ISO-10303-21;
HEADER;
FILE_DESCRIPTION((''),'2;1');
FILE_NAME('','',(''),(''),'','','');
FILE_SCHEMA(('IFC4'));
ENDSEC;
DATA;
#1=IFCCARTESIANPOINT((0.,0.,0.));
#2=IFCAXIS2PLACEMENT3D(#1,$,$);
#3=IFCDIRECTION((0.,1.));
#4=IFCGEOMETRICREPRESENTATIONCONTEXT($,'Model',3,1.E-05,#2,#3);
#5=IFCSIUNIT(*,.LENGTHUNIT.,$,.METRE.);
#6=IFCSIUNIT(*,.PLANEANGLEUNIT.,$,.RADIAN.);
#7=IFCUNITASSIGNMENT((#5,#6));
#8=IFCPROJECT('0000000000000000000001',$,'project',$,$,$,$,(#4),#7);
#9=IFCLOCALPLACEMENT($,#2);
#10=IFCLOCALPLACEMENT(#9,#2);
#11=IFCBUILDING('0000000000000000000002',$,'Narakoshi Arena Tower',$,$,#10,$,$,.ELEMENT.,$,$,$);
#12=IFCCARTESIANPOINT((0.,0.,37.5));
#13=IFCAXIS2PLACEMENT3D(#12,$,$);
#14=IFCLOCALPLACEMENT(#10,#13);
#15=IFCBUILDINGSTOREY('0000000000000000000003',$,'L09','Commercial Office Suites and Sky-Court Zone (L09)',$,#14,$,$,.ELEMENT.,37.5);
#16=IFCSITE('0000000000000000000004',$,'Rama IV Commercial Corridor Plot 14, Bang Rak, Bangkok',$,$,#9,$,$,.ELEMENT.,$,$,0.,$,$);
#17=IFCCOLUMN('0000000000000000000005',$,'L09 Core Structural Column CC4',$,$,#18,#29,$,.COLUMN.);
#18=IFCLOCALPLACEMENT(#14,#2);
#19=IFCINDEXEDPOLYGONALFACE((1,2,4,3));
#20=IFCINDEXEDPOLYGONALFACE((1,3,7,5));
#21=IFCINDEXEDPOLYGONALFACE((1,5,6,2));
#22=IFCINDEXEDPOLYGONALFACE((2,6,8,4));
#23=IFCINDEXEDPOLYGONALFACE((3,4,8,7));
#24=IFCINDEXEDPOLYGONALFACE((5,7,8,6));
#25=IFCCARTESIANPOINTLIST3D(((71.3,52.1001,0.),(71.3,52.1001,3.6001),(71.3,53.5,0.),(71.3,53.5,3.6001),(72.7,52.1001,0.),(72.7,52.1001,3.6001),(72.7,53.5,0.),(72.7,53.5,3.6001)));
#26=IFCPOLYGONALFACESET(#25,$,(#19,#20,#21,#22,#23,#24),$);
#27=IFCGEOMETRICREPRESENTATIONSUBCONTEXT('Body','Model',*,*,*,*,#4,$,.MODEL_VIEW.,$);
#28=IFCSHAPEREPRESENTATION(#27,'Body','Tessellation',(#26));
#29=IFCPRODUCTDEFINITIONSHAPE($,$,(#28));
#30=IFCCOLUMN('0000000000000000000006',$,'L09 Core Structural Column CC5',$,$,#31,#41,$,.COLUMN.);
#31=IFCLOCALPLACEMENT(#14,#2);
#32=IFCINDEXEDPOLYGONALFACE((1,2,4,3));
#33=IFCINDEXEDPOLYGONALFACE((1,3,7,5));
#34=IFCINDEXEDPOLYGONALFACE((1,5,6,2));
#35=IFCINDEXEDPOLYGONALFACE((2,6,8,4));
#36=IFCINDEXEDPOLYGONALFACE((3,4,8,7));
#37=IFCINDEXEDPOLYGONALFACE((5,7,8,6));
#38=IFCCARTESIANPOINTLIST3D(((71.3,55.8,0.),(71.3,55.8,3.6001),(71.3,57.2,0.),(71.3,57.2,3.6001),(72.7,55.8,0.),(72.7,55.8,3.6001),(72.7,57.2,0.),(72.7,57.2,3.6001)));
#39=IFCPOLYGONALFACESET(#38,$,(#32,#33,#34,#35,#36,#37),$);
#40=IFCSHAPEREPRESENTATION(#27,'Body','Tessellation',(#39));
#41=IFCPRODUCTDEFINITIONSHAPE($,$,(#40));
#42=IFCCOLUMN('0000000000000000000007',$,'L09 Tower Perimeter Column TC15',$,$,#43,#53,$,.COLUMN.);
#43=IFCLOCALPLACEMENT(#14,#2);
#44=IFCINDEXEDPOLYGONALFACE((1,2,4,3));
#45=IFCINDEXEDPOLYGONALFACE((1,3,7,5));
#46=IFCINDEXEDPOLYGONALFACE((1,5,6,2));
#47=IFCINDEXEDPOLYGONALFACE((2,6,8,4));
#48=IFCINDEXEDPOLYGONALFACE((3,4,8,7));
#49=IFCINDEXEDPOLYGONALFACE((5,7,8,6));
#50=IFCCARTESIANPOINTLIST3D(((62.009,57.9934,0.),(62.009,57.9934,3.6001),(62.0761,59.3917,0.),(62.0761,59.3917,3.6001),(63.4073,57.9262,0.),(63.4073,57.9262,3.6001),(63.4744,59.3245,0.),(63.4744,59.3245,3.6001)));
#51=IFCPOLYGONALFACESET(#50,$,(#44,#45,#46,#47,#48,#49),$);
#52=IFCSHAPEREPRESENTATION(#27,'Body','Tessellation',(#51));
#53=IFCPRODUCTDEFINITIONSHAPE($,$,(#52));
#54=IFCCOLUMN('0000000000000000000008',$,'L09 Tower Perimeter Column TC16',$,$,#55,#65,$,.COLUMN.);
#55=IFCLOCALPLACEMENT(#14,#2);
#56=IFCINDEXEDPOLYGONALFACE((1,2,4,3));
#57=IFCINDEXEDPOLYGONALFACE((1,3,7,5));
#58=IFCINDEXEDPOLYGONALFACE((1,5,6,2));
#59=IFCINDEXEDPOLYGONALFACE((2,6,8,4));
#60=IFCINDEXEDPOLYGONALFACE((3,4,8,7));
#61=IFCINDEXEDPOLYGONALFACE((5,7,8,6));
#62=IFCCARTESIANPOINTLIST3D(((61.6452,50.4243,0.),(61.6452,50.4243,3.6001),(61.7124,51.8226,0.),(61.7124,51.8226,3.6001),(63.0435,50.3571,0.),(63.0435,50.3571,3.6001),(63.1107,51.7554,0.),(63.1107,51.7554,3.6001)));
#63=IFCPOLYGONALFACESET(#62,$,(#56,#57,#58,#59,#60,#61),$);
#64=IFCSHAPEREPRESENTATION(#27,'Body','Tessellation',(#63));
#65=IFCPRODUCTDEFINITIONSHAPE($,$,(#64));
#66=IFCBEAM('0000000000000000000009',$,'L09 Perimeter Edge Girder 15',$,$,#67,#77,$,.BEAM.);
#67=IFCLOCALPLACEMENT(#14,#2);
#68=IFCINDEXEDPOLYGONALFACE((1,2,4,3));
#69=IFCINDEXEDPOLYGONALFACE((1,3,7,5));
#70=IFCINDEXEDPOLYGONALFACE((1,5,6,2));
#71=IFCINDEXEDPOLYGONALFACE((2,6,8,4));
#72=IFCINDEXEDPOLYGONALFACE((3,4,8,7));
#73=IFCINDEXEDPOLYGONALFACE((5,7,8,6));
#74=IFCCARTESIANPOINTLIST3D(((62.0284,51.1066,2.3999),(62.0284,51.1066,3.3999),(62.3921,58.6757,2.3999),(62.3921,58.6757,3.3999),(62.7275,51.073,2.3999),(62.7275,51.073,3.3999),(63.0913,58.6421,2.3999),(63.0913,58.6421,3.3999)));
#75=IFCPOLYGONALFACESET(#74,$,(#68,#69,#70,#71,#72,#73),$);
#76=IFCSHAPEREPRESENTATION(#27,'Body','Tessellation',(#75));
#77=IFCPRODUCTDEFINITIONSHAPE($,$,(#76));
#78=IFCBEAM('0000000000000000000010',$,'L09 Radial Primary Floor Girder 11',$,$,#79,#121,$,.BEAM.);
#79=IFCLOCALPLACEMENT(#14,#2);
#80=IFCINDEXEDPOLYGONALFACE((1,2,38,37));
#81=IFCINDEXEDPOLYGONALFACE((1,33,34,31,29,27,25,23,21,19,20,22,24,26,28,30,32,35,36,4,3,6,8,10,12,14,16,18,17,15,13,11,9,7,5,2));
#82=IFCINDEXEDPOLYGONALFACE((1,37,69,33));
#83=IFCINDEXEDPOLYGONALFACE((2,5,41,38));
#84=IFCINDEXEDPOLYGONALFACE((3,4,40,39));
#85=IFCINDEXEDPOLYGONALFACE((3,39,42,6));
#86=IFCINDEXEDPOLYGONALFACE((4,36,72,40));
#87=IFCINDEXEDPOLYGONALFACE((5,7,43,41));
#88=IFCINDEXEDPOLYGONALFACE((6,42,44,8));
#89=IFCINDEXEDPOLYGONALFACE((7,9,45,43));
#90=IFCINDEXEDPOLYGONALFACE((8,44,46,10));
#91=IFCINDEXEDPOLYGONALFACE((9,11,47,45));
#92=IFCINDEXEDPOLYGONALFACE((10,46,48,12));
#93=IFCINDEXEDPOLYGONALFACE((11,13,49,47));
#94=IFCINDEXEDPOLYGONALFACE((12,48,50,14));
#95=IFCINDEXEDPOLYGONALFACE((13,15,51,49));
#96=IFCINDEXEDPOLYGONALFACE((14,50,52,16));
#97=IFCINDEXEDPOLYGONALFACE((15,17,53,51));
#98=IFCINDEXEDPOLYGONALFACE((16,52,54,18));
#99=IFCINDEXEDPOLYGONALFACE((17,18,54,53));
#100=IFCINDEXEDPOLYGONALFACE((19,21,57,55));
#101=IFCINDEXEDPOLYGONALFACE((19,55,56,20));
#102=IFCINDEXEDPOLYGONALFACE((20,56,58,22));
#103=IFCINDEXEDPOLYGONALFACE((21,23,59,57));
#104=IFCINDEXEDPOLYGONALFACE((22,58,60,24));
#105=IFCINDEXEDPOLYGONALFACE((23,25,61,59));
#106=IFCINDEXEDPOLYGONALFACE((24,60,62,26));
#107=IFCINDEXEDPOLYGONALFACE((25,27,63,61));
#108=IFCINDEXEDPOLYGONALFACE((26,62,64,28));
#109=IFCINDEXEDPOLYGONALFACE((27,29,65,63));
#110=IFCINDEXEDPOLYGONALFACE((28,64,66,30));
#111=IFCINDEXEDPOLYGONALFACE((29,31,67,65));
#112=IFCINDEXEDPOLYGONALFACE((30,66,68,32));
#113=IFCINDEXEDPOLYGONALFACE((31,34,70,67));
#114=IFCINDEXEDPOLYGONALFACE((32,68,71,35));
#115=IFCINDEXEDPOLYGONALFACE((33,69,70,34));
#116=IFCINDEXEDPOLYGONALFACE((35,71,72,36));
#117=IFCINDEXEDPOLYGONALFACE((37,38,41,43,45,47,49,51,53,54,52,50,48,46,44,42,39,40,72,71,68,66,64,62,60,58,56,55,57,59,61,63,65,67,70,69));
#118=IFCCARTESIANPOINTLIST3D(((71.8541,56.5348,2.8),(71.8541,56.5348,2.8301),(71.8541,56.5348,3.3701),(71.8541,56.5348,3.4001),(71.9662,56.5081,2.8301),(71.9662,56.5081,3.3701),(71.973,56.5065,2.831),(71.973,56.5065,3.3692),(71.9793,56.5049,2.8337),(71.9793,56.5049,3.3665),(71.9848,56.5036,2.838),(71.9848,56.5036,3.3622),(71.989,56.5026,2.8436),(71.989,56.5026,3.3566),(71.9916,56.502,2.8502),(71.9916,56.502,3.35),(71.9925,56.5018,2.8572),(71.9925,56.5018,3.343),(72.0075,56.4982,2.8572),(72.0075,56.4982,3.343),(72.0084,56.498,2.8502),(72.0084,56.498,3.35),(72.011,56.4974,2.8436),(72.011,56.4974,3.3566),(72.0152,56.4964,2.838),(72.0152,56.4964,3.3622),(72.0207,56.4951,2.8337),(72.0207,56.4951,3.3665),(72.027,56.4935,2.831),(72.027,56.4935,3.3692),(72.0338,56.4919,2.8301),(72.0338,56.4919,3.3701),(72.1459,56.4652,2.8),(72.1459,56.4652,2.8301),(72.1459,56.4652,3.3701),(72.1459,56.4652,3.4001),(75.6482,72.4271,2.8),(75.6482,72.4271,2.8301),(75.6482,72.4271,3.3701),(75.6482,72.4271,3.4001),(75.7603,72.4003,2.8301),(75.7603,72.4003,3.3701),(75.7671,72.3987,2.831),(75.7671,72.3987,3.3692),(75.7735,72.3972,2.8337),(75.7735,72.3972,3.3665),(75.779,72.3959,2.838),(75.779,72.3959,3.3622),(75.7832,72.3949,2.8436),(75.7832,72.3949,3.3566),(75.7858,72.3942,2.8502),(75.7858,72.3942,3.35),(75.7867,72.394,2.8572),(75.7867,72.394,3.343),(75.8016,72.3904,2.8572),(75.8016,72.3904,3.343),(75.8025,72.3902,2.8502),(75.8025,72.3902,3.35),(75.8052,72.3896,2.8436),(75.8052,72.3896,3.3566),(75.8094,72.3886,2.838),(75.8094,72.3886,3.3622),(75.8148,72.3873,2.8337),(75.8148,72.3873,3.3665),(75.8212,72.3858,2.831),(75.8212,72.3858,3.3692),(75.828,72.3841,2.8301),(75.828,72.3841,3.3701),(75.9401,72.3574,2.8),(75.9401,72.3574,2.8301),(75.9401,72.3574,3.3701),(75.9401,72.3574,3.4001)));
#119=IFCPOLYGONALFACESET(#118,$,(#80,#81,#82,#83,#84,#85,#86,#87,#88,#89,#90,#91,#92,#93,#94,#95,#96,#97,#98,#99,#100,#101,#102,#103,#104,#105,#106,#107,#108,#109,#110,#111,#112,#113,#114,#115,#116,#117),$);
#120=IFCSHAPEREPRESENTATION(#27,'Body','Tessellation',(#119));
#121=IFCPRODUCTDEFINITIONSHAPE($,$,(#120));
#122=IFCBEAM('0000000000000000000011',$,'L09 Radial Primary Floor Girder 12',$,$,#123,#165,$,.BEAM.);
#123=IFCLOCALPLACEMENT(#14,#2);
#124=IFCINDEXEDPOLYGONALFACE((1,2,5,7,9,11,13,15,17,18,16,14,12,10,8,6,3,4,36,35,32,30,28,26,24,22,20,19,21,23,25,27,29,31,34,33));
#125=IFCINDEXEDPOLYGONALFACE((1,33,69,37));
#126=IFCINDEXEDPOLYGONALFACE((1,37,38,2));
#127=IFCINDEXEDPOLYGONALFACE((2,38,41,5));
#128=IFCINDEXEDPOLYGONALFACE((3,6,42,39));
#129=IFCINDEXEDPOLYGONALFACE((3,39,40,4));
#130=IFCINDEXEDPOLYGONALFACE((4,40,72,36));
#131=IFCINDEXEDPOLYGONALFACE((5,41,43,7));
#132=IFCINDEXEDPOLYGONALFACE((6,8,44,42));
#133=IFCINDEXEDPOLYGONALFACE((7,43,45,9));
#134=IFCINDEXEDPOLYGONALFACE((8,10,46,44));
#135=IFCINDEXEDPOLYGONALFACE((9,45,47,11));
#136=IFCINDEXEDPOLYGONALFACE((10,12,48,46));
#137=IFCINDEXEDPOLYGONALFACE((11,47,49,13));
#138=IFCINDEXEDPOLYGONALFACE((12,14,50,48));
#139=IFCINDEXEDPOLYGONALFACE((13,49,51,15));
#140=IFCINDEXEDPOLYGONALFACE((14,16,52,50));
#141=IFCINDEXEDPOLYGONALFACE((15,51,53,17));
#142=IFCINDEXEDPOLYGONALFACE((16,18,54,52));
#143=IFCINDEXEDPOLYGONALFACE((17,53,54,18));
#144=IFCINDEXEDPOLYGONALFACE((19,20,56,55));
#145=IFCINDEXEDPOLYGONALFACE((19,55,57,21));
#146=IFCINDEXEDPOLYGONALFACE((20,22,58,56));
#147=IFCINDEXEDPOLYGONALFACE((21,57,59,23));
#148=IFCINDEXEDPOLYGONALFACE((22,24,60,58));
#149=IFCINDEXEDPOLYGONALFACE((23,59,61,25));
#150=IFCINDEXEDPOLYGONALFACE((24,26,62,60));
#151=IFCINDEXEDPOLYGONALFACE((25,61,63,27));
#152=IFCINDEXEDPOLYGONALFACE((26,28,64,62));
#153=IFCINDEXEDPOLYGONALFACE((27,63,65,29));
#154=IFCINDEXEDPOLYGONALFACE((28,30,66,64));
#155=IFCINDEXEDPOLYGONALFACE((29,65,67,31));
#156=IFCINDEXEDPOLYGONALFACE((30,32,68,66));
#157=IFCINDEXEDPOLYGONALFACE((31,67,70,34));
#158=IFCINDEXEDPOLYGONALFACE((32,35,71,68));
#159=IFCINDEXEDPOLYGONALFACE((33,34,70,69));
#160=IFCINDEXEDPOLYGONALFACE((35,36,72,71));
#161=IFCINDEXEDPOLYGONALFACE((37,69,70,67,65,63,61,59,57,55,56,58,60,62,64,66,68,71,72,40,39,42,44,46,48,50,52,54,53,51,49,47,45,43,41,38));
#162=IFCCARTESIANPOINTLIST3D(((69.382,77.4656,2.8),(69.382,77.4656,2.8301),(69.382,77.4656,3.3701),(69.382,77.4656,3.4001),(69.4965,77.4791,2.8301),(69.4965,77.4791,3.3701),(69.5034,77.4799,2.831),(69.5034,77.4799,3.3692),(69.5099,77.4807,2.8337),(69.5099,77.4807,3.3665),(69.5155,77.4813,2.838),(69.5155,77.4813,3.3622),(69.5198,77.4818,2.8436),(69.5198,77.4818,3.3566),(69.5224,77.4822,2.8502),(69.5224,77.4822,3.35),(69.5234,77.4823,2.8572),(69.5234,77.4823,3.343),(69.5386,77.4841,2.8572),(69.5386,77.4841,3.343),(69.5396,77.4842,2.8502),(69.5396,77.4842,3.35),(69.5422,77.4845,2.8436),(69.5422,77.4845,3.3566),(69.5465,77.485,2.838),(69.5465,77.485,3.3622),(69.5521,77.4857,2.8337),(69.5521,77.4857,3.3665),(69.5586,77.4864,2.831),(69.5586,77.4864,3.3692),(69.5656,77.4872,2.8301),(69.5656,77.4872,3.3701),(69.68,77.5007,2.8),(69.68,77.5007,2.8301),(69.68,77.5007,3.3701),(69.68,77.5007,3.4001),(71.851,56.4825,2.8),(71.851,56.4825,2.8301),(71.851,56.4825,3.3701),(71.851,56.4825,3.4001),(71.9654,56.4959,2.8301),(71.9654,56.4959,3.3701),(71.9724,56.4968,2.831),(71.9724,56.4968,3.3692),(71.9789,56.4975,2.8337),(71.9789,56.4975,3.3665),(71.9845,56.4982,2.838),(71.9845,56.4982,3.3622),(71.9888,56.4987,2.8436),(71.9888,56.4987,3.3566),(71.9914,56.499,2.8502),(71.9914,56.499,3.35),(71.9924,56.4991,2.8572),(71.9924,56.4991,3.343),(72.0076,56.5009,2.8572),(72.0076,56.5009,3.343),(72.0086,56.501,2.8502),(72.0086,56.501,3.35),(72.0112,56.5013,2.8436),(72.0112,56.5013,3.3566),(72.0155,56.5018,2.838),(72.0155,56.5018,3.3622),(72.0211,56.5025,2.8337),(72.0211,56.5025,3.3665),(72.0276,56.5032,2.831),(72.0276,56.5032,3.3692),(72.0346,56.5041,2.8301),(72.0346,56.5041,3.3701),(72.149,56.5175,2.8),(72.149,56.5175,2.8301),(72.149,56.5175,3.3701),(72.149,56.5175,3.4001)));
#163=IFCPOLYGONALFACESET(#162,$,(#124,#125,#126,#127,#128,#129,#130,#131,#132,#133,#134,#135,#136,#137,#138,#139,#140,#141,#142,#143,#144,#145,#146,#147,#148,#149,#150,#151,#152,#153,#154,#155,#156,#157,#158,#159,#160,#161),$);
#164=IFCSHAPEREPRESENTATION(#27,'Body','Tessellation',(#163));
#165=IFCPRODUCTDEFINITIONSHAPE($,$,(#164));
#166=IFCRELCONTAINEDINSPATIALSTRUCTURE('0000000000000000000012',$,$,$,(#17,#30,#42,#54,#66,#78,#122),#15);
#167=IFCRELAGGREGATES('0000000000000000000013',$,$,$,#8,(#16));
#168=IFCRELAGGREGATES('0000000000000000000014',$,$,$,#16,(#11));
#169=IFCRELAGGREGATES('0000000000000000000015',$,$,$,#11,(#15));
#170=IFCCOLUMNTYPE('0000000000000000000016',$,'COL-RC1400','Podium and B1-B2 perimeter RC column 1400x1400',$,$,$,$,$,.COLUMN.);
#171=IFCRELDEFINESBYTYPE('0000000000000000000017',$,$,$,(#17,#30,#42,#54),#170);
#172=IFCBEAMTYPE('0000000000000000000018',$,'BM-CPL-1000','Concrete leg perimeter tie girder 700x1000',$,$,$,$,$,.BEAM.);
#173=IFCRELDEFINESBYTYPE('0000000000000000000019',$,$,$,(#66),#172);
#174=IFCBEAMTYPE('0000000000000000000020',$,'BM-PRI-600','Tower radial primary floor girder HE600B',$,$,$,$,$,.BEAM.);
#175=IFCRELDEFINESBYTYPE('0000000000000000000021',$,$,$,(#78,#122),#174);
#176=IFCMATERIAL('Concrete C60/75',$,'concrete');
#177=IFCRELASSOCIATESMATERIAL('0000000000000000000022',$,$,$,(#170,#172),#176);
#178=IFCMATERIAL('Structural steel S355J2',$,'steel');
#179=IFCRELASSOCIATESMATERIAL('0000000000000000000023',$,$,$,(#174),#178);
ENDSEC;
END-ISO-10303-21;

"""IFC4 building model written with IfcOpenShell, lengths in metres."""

from ifc_helpers import new_model, si_unit, direction, frame, origin, origin_2d, place, context, subcontext, project, spatial, rectangle, i_section, extrude, material, material_profile, profile_set, type_object, element, save


model = new_model("IFC4")

# Units and contexts
model_context = context("Model", 3, precision=1e-05, world=origin(), true_north=direction((0.0, 1.0)))
body_context = subcontext(model_context, "Body", "Model", "MODEL_VIEW")
ifc_project = project(units=[si_unit("LENGTHUNIT", "METRE"), si_unit("PLANEANGLEUNIT", "RADIAN")], contexts=[model_context])

# Site, building, storey
site_placement = place(None, origin())
site = spatial("IfcSite", under=ifc_project, at=site_placement, Name="Rama IV Commercial Corridor Plot 14, Bang Rak, Bangkok", CompositionType="ELEMENT", RefElevation=0.0)
building_placement = place(site_placement, origin())
building = spatial("IfcBuilding", under=site, at=building_placement, Name="Narakoshi Arena Tower", CompositionType="ELEMENT")
storey_placement = place(building_placement, frame((0.0, 0.0, 37.5)))
storey = spatial("IfcBuildingStorey", under=building, at=storey_placement, Name="L09", Description="Commercial Office Suites and Sky-Court Zone (L09)", CompositionType="ELEMENT", Elevation=37.5)

# Columns
ifc_material_1 = material(Name="Concrete C60/75", Category="concrete")
ifc_material_profile_1 = material_profile(ifc_material_1, rectangle(XDim=1.3999, YDim=1.3999, at=origin_2d()), Name="RC1400x1400")
ifc_profile_set_1 = profile_set([ifc_material_profile_1], Name="Concrete C60/75")
column_type = type_object("IfcColumnType", Name="COL-RC1400", Description="Podium and B1-B2 perimeter RC column 1400x1400", PredefinedType="COLUMN", material=ifc_profile_set_1)
for number, where, z_axis, x_axis, name in (
    (1, (72.0, 52.8, 0.0), (0.0, 0.0, 1.0), (1.0, 0.0, 0.0), "L09 Core Structural Column CC4"),
    (2, (72.0, 56.5, 0.0), (0.0, 0.0, 1.0), (1.0, 0.0, 0.0), "L09 Core Structural Column CC5"),
    (3, (62.7417, 58.6589, 0.0), (0.0, 0.0, 1.0), (0.047978, 0.998848, 0.0), "L09 Tower Perimeter Column TC15"),
    (4, (62.3779, 51.0898, 0.0), (0.0, 0.0, 1.0), (0.047978, 0.998848, 0.0), "L09 Tower Perimeter Column TC16"),
):
    element("IfcColumn", number, at=place(storey_placement, frame(where, z_axis=z_axis, x_axis=x_axis)), inside=storey, type_object=column_type, Name=name, PredefinedType="COLUMN", context=body_context, shape_type="SweptSolid", body=[
        extrude(rectangle(XDim=1.3999, YDim=1.3999, at=origin_2d()), origin(), (0.0, 0.0, 1.0), 3.6001),
    ])

# Beams
ifc_material_profile_2 = material_profile(ifc_material_1, rectangle(XDim=0.7, YDim=1.0, at=origin_2d()), Name="RCB700x1000")
ifc_profile_set_2 = profile_set([ifc_material_profile_2], Name="Concrete C60/75")
beam_type_1 = type_object("IfcBeamType", Name="BM-CPL-1000", Description="Concrete leg perimeter tie girder 700x1000", PredefinedType="BEAM", material=ifc_profile_set_2)
beam_1_placement = place(storey_placement, frame((62.7417, 58.6589, 2.8999), z_axis=(-0.048004, -0.998847, 0.0), x_axis=(0.998847, -0.048004, 0.0)))
element("IfcBeam", 5, at=beam_1_placement, inside=storey, type_object=beam_type_1, Name="L09 Perimeter Edge Girder 15", PredefinedType="BEAM", context=body_context, shape_type="SweptSolid", body=[
    extrude(rectangle(XDim=0.7, YDim=1.0, at=origin_2d()), origin(), (0.0, 0.0, 1.0), 7.5779),
])
ifc_material_2 = material(Name="Structural steel S355J2", Category="steel")
ifc_material_profile_3 = material_profile(ifc_material_2, i_section(OverallWidth=0.3, OverallDepth=0.6001, WebThickness=0.0154, FlangeThickness=0.03, FilletRadius=0.0271, at=origin_2d()), Name="HE600B")
ifc_profile_set_3 = profile_set([ifc_material_profile_3], Name="Structural steel S355J2")
beam_type_2 = type_object("IfcBeamType", Name="BM-PRI-600", Description="Tower radial primary floor girder HE600B", PredefinedType="BEAM", material=ifc_profile_set_3)
beam_2_placement = place(storey_placement, frame((72.0, 56.5, 3.1001), z_axis=(0.232217, 0.972664, 0.0), x_axis=(-0.972664, 0.232217, 0.0)))
element("IfcBeam", 6, at=beam_2_placement, inside=storey, type_object=beam_type_2, Name="L09 Radial Primary Floor Girder 11", PredefinedType="BEAM", context=body_context, shape_type="SweptSolid", body=[
    extrude(i_section(OverallWidth=0.3, OverallDepth=0.6001, WebThickness=0.0154, FlangeThickness=0.03, FilletRadius=0.0271, at=origin_2d()), origin(), (0.0, 0.0, 1.0), 16.3389),
])
beam_3_placement = place(storey_placement, frame((72.0, 56.5, 3.1001), z_axis=(-0.116859, 0.993148, 0.0), x_axis=(-0.993148, -0.116859, 0.0)))
element("IfcBeam", 7, at=beam_3_placement, inside=storey, type_object=beam_type_2, Name="L09 Radial Primary Floor Girder 12", PredefinedType="BEAM", context=body_context, shape_type="SweptSolid", body=[
    extrude(i_section(OverallWidth=0.3, OverallDepth=0.6001, WebThickness=0.0154, FlangeThickness=0.03, FilletRadius=0.0271, at=origin_2d()), origin(), (0.0, 0.0, 1.0), 21.1279),
])

save(model, "model.ifc")
